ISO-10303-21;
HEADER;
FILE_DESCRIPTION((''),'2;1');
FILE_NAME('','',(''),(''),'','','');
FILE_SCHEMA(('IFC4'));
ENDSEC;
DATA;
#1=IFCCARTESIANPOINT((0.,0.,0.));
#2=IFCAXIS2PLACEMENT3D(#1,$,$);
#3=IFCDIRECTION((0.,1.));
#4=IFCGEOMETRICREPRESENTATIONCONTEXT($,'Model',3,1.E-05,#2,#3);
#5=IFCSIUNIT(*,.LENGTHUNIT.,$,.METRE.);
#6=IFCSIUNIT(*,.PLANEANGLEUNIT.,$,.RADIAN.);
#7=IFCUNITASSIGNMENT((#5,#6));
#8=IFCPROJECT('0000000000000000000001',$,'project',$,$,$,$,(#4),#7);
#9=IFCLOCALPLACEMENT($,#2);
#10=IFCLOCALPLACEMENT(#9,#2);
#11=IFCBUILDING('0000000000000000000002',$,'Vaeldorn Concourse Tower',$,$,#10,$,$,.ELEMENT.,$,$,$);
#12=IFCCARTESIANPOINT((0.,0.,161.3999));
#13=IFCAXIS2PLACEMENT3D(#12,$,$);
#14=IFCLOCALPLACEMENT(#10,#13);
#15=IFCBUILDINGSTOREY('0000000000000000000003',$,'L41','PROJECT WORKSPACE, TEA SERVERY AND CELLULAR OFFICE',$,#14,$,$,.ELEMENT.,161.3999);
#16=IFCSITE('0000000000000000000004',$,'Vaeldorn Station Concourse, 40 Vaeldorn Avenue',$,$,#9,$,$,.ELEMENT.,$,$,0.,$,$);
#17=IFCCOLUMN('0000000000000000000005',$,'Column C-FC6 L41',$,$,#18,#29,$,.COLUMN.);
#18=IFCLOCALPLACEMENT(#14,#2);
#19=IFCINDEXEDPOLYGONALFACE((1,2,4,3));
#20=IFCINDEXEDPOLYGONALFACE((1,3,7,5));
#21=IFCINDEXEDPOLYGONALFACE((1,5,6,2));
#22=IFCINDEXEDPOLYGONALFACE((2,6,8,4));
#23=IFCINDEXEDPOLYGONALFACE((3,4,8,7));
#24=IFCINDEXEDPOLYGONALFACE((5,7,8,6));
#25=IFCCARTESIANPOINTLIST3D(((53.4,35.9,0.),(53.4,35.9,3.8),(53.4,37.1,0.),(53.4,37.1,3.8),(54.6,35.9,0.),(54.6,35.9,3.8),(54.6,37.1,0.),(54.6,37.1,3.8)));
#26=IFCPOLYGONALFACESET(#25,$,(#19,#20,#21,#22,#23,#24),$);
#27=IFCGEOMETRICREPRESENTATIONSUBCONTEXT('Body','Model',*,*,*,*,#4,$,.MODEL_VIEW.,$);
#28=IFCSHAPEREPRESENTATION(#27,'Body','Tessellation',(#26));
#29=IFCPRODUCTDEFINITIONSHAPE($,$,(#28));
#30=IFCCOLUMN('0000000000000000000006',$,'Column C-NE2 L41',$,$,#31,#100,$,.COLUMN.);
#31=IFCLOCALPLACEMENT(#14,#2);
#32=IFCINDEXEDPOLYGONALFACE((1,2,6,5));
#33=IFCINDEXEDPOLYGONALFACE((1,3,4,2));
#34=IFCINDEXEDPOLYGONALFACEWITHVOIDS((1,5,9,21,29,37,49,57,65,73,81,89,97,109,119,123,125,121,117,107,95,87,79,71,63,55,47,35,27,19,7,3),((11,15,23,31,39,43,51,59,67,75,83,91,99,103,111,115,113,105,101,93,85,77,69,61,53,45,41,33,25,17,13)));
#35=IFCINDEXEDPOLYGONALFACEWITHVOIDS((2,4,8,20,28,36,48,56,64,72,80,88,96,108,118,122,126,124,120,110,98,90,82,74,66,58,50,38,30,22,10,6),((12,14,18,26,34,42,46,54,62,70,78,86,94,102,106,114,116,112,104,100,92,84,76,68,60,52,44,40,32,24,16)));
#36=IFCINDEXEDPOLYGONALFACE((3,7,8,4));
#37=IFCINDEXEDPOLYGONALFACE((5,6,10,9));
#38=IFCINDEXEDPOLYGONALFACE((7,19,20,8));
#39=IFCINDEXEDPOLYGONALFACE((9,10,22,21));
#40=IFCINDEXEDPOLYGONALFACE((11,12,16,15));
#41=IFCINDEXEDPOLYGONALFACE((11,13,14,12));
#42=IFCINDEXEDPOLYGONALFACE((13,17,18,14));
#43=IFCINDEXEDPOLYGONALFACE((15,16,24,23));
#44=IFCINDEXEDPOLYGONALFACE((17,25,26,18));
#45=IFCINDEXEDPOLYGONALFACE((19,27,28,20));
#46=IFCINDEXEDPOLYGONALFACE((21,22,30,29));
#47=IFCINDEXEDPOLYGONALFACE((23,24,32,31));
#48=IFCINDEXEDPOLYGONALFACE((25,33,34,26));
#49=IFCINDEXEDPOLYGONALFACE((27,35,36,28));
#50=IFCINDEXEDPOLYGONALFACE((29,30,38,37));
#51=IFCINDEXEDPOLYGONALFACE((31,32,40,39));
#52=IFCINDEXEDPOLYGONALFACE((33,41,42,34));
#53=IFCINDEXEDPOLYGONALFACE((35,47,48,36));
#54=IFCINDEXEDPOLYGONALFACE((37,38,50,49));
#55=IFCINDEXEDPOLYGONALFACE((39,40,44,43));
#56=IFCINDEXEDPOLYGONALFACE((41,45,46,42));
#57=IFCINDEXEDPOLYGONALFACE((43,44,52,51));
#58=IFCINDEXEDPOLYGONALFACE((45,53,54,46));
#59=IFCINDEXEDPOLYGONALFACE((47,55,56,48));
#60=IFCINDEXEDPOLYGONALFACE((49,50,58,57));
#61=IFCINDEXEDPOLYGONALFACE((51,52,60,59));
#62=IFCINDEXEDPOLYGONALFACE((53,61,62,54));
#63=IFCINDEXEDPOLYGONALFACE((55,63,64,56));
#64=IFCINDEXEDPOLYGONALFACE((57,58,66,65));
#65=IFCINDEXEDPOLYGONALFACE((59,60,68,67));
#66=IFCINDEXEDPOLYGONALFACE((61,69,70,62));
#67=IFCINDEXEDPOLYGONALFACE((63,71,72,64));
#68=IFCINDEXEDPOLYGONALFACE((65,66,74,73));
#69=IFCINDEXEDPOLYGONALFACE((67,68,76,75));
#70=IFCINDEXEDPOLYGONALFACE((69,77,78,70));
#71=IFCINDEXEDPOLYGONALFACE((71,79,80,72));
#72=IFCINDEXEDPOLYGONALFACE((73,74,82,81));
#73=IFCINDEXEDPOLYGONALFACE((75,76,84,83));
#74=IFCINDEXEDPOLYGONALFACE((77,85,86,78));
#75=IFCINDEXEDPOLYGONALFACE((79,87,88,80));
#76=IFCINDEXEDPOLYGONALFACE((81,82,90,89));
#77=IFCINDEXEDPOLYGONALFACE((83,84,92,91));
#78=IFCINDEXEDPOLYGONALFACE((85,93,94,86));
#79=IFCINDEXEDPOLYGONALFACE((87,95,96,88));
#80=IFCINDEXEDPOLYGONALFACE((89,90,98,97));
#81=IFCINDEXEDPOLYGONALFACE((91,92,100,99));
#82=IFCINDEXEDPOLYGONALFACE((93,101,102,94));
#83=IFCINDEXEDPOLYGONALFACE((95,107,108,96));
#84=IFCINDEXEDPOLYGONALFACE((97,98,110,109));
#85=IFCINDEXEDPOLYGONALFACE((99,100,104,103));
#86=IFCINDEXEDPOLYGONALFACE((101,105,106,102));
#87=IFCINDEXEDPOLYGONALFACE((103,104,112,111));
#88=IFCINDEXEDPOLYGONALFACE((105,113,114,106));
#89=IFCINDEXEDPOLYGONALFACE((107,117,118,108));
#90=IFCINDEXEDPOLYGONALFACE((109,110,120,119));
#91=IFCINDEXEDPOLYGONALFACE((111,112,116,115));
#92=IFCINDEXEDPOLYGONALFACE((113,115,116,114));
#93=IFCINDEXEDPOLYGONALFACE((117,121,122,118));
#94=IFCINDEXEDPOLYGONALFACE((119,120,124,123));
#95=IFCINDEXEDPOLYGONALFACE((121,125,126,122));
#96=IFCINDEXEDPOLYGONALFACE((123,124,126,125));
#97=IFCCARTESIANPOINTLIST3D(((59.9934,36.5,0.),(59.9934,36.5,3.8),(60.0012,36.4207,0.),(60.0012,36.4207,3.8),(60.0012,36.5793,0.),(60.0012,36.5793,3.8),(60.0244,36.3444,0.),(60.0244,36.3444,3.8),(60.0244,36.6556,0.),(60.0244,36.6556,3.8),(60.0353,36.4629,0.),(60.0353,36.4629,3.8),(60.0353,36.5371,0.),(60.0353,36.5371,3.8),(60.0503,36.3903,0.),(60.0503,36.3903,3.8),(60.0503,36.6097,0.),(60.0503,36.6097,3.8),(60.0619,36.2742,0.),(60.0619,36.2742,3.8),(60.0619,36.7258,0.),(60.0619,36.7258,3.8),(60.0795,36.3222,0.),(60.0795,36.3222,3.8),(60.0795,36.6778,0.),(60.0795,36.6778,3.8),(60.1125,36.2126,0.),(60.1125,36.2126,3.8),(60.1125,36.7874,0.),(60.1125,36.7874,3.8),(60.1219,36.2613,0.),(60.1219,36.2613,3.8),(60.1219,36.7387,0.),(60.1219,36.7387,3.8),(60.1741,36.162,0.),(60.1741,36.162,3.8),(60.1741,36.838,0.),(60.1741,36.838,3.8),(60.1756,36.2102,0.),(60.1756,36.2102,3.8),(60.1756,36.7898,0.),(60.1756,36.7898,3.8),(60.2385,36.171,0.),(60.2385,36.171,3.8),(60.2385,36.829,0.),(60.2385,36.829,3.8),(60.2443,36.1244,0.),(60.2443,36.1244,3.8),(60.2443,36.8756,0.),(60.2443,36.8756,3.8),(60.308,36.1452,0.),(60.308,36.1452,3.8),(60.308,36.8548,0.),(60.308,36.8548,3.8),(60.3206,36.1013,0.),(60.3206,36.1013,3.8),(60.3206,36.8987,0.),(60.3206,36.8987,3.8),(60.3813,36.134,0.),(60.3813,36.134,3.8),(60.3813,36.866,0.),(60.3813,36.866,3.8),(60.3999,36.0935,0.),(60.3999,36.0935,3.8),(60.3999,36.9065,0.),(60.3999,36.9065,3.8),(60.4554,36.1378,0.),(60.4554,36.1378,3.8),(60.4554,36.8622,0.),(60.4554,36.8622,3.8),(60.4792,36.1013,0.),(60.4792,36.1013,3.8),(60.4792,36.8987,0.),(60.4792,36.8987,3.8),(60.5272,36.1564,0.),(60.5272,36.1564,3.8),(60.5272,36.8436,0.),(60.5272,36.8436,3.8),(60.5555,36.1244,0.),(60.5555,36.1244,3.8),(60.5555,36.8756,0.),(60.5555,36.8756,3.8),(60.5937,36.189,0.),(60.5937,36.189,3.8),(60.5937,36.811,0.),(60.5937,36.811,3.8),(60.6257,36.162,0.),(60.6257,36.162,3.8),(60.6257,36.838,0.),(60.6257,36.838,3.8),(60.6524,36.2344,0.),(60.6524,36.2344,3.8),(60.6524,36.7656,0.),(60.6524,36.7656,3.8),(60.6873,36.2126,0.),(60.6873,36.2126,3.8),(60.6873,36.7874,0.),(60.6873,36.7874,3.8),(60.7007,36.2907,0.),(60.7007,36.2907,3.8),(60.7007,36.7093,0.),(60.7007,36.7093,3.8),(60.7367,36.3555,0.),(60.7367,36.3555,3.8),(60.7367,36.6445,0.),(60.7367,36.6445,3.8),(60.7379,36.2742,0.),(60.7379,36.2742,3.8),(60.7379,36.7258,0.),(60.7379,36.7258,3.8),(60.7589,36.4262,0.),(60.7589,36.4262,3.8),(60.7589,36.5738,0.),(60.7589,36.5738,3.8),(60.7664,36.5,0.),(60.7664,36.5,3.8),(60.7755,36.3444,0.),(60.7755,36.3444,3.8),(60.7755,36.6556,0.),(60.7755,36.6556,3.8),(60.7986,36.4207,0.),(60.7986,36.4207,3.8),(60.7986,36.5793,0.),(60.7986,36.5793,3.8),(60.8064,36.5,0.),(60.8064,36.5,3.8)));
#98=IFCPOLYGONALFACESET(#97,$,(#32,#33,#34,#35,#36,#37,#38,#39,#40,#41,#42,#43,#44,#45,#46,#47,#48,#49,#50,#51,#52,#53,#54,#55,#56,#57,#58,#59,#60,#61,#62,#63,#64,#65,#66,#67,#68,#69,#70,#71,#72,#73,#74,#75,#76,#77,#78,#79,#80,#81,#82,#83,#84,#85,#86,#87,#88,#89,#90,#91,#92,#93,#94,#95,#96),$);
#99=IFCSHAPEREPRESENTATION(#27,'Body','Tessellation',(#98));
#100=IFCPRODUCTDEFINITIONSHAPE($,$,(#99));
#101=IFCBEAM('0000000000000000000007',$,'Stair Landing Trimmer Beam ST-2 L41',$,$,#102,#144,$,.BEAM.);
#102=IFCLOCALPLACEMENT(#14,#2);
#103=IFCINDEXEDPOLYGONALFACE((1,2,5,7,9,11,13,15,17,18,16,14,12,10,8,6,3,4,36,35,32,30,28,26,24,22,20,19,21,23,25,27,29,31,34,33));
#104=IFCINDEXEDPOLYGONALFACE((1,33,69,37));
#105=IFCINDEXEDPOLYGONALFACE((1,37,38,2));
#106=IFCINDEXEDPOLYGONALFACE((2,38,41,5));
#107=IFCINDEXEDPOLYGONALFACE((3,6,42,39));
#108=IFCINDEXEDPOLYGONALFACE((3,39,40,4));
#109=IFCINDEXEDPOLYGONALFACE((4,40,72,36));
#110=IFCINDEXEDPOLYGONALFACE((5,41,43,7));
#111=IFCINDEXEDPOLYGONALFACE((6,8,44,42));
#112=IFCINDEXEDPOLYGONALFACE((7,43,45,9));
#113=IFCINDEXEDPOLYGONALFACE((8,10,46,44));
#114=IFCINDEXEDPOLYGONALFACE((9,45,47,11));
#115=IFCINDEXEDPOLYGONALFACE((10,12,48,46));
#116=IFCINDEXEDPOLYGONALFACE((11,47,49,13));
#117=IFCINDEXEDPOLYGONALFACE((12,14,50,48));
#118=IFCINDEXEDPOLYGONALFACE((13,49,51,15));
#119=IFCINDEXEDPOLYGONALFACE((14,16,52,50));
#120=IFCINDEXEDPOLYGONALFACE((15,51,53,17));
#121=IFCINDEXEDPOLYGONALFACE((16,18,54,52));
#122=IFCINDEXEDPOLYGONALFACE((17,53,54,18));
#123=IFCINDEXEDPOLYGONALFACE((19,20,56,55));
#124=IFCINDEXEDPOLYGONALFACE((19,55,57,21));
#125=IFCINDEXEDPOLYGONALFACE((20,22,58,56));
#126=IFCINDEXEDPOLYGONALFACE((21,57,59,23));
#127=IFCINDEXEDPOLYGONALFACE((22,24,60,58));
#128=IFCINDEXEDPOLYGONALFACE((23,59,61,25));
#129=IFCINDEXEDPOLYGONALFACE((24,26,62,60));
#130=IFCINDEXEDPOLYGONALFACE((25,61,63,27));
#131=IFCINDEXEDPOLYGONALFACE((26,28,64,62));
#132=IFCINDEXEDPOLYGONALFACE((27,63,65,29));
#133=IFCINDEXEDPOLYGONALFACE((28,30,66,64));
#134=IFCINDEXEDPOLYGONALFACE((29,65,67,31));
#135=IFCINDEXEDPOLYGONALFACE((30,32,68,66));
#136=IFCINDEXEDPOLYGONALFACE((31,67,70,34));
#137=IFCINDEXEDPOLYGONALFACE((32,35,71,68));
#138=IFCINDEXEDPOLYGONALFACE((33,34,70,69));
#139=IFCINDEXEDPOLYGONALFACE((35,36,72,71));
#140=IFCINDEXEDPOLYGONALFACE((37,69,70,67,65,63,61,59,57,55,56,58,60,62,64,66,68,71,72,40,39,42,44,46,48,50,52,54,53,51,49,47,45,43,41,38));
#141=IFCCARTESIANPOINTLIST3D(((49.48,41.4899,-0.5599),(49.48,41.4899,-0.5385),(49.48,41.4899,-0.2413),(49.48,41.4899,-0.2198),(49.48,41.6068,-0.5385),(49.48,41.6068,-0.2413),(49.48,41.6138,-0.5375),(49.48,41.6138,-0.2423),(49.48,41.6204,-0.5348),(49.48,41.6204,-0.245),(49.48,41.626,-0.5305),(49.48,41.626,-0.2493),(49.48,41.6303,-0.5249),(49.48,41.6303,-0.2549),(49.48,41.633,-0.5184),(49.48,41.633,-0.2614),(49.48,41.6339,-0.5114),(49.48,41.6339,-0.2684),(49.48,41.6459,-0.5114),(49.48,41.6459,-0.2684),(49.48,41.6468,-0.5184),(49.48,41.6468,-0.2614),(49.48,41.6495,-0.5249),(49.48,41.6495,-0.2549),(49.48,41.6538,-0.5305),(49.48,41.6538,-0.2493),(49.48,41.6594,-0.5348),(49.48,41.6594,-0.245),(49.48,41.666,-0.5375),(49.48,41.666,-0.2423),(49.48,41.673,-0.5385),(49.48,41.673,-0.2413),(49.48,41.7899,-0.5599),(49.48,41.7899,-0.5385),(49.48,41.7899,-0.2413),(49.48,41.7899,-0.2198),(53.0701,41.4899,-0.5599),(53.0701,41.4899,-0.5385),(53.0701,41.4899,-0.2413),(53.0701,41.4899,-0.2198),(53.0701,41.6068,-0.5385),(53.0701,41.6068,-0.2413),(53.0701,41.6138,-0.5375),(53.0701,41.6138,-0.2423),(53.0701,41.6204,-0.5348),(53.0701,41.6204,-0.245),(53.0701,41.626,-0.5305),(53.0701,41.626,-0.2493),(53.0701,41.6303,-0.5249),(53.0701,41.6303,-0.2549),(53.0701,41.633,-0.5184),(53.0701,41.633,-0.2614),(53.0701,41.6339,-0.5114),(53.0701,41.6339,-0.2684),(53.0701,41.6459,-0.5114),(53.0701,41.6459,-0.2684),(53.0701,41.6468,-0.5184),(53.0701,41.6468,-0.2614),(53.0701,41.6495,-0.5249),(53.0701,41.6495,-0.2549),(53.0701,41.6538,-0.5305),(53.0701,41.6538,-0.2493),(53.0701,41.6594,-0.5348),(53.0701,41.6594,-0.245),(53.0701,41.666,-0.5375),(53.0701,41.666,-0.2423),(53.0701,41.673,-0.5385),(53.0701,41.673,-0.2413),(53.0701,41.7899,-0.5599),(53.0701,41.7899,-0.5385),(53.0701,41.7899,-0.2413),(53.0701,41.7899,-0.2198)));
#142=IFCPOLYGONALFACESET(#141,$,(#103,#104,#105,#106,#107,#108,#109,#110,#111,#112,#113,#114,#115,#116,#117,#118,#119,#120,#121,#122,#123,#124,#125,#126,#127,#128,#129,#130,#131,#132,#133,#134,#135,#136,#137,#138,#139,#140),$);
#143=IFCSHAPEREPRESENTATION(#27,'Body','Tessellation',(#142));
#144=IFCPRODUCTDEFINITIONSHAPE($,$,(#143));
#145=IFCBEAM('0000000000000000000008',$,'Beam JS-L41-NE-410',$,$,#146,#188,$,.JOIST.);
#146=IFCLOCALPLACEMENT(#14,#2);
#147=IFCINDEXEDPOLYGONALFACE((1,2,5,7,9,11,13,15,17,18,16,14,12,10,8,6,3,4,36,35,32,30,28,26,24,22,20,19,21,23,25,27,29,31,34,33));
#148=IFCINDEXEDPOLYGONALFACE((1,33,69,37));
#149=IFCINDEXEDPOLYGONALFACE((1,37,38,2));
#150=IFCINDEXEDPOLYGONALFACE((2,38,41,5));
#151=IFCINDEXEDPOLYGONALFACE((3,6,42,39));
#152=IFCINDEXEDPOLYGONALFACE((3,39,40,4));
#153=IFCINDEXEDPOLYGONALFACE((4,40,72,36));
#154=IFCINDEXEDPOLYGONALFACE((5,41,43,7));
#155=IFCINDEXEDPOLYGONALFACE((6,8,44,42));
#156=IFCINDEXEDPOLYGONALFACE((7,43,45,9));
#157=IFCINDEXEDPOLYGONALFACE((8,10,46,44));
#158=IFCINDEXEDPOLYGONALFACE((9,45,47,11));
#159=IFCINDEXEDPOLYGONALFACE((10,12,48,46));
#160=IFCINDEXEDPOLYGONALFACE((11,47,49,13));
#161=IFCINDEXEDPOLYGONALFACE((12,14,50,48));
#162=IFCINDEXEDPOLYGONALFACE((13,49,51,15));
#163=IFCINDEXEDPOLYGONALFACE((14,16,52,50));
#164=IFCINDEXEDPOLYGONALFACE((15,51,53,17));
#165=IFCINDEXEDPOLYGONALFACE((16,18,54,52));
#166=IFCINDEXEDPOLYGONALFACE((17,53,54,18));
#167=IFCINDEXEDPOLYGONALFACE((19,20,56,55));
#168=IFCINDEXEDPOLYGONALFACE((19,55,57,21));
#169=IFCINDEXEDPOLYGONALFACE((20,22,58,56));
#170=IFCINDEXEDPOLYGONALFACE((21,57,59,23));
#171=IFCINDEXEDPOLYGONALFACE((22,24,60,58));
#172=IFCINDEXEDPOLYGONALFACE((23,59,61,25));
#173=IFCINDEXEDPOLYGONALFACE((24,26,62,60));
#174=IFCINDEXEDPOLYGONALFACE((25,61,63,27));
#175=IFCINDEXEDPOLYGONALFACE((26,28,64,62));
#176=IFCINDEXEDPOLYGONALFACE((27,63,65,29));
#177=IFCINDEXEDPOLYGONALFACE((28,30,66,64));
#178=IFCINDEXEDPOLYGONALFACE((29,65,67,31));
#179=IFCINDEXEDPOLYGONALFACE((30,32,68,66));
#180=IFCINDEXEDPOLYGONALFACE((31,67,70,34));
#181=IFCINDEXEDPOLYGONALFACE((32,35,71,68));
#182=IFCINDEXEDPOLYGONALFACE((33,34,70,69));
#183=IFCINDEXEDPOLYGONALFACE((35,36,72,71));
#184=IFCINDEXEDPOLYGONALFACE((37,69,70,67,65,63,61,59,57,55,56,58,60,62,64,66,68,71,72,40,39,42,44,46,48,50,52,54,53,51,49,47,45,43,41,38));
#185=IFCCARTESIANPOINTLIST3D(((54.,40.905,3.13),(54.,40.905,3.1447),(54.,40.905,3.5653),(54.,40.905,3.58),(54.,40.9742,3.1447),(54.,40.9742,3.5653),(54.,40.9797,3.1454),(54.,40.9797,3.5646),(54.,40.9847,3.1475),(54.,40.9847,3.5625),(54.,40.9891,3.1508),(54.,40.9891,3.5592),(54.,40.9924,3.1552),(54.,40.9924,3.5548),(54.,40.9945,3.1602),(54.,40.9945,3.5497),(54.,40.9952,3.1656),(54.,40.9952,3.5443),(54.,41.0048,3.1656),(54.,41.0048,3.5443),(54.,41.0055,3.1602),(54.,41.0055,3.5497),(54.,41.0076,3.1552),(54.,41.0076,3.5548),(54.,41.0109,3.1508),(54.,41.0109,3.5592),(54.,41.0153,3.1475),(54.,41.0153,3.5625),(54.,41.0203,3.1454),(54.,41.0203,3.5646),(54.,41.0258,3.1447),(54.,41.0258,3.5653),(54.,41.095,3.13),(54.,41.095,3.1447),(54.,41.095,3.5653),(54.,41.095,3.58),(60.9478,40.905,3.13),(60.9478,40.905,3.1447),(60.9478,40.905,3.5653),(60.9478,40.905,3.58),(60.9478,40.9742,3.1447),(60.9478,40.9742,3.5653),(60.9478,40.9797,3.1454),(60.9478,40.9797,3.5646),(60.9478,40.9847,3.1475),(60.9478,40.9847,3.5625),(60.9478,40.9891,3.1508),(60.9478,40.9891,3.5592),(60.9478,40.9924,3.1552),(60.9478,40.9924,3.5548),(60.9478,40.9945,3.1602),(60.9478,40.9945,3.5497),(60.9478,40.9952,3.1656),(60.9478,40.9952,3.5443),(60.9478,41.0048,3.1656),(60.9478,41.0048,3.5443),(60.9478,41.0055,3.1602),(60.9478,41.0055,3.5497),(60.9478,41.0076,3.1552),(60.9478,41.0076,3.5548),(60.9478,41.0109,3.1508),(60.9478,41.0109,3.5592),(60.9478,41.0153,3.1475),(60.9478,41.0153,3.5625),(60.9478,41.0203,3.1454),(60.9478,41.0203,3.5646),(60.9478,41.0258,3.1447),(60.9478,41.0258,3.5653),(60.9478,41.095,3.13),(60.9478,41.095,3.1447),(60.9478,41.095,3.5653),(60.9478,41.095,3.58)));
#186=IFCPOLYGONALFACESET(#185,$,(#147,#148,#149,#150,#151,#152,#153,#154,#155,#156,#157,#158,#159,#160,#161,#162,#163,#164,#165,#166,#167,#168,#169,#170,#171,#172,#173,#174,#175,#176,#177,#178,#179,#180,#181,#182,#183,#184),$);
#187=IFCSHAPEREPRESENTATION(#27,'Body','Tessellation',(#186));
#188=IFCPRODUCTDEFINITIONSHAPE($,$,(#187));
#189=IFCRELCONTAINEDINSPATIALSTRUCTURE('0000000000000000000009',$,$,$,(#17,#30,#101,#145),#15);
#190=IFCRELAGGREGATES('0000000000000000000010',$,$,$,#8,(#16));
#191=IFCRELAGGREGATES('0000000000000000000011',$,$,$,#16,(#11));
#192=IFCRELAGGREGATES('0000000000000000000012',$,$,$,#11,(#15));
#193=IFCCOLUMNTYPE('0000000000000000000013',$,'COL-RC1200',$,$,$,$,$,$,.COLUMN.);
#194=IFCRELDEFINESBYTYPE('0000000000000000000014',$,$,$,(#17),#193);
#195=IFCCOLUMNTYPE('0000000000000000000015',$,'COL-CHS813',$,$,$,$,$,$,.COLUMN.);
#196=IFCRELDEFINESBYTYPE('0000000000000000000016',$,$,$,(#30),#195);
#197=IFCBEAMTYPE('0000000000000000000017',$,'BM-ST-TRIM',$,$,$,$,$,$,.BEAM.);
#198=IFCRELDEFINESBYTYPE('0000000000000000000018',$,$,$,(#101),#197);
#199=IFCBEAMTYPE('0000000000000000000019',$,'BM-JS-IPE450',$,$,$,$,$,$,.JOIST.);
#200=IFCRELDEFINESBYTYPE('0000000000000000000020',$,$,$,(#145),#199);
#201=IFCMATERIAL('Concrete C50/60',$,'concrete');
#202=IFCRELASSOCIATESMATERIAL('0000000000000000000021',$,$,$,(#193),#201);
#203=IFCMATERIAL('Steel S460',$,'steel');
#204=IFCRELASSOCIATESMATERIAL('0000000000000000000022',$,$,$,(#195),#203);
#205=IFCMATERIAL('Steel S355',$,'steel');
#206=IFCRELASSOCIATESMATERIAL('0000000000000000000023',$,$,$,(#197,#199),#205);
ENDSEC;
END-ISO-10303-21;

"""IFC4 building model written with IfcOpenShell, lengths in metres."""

from ifc_helpers import new_model, si_unit, direction, frame, origin, origin_2d, place, context, subcontext, project, spatial, rectangle, hollow_circle, i_section, extrude, source, transform, mapped, material, material_profile, profile_set, type_object, element, save


model = new_model("IFC4")

# Units and contexts
model_context = context("Model", 3, precision=1e-05, world=origin(), true_north=direction((0.0, 1.0)))
body_context = subcontext(model_context, "Body", "Model", "MODEL_VIEW")
ifc_project = project(units=[si_unit("LENGTHUNIT", "METRE"), si_unit("PLANEANGLEUNIT", "RADIAN")], contexts=[model_context])

# Site, building, storey
site_placement = place(None, origin())
site = spatial("IfcSite", under=ifc_project, at=site_placement, Name="Vaeldorn Station Concourse, 40 Vaeldorn Avenue", CompositionType="ELEMENT", RefElevation=0.0)
building_placement = place(site_placement, origin())
building = spatial("IfcBuilding", under=site, at=building_placement, Name="Vaeldorn Concourse Tower", CompositionType="ELEMENT")
storey_placement = place(building_placement, frame((0.0, 0.0, 161.3999)))
storey = spatial("IfcBuildingStorey", under=building, at=storey_placement, Name="L41", Description="PROJECT WORKSPACE, TEA SERVERY AND CELLULAR OFFICE", CompositionType="ELEMENT", Elevation=161.3999)

# Columns
ifc_material_1 = material(Name="Concrete C50/60", Category="concrete")
ifc_material_profile_1 = material_profile(ifc_material_1, rectangle(XDim=1.2, YDim=1.2, at=origin_2d()), Name="RC 1200x1200")
ifc_profile_set_1 = profile_set([ifc_material_profile_1], Name="Concrete C50/60")
column_type_1 = type_object("IfcColumnType", Name="COL-RC1200", PredefinedType="COLUMN", material=ifc_profile_set_1)
shared_shape_1 = source(origin(), body_context, "Body", "SweptSolid", [
    extrude(rectangle(XDim=1.2, YDim=1.2, at=origin_2d()), origin(), (0.0, 0.0, 1.0), 3.8),
])
column_1_placement = place(storey_placement, frame((54.0, 36.5, 0.0), z_axis=(0.0, 0.0, 1.0), x_axis=(1.0, 0.0, 0.0)))
element("IfcColumn", 1, at=column_1_placement, inside=storey, type_object=column_type_1, Name="Column C-FC6 L41", PredefinedType="COLUMN", context=body_context, shape_type="MappedRepresentation", body=[
    mapped(shared_shape_1, transform((0.0, 0.0, 0.0), scale=1.0)),
])
ifc_material_2 = material(Name="Steel S460", Category="steel")
ifc_material_profile_2 = material_profile(ifc_material_2, hollow_circle(Radius=0.4065, WallThickness=0.04, at=origin_2d()), Name="CHS 813x40")
ifc_profile_set_2 = profile_set([ifc_material_profile_2], Name="Steel S460")
column_type_2 = type_object("IfcColumnType", Name="COL-CHS813", PredefinedType="COLUMN", material=ifc_profile_set_2)
shared_shape_2 = source(origin(), body_context, "Body", "SweptSolid", [
    extrude(hollow_circle(Radius=0.4065, WallThickness=0.04, at=origin_2d()), origin(), (0.0, 0.0, 1.0), 3.8),
])
column_2_placement = place(storey_placement, frame((60.3999, 36.5, 0.0), z_axis=(0.0, 0.0, 1.0), x_axis=(1.0, 0.0, 0.0)))
element("IfcColumn", 2, at=column_2_placement, inside=storey, type_object=column_type_2, Name="Column C-NE2 L41", PredefinedType="COLUMN", context=body_context, shape_type="MappedRepresentation", body=[
    mapped(shared_shape_2, transform((0.0, 0.0, 0.0), scale=1.0)),
])

# Beams
ifc_material_3 = material(Name="Steel S355", Category="steel")
ifc_material_profile_3 = material_profile(ifc_material_3, i_section(OverallWidth=0.3, OverallDepth=0.3401, WebThickness=0.012, FlangeThickness=0.0215, FilletRadius=0.0271, at=origin_2d()), Name="HEB 340")
ifc_profile_set_3 = profile_set([ifc_material_profile_3], Name="Steel S355")
beam_type_1 = type_object("IfcBeamType", Name="BM-ST-TRIM", PredefinedType="BEAM", material=ifc_profile_set_3)
shared_shape_3 = source(origin(), body_context, "Body", "SweptSolid", [
    extrude(i_section(OverallWidth=0.3, OverallDepth=0.3401, WebThickness=0.012, FlangeThickness=0.0215, FilletRadius=0.0271, at=origin_2d()), origin(), (0.0, 0.0, 1.0), 3.5901),
])
beam_1_placement = place(storey_placement, frame((49.48, 41.6399, -0.3899), z_axis=(1.0, 0.0, 0.0), x_axis=(0.0, 1.0, 0.0)))
element("IfcBeam", 3, at=beam_1_placement, inside=storey, type_object=beam_type_1, Name="Stair Landing Trimmer Beam ST-2 L41", PredefinedType="BEAM", context=body_context, shape_type="MappedRepresentation", body=[
    mapped(shared_shape_3, transform((0.0, 0.0, 0.0), scale=1.0)),
])
ifc_material_profile_4 = material_profile(ifc_material_3, i_section(OverallWidth=0.1899, OverallDepth=0.45, WebThickness=0.0095, FlangeThickness=0.0146, FilletRadius=0.021, at=origin_2d()), Name="IPE 450")
ifc_profile_set_4 = profile_set([ifc_material_profile_4], Name="Steel S355")
beam_type_2 = type_object("IfcBeamType", Name="BM-JS-IPE450", PredefinedType="JOIST", material=ifc_profile_set_4)
shared_shape_4 = source(origin(), body_context, "Body", "SweptSolid", [
    extrude(i_section(OverallWidth=0.1899, OverallDepth=0.45, WebThickness=0.0095, FlangeThickness=0.0146, FilletRadius=0.021, at=origin_2d()), origin(), (0.0, 0.0, 1.0), 6.9478),
])
beam_2_placement = place(storey_placement, frame((54.0, 41.0, 3.355), z_axis=(1.0, 0.0, 0.0), x_axis=(0.0, 1.0, 0.0)))
element("IfcBeam", 4, at=beam_2_placement, inside=storey, type_object=beam_type_2, Name="Beam JS-L41-NE-410", PredefinedType="JOIST", context=body_context, shape_type="MappedRepresentation", body=[
    mapped(shared_shape_4, transform((0.0, 0.0, 0.0), scale=1.0)),
])

save(model, "model.ifc")
